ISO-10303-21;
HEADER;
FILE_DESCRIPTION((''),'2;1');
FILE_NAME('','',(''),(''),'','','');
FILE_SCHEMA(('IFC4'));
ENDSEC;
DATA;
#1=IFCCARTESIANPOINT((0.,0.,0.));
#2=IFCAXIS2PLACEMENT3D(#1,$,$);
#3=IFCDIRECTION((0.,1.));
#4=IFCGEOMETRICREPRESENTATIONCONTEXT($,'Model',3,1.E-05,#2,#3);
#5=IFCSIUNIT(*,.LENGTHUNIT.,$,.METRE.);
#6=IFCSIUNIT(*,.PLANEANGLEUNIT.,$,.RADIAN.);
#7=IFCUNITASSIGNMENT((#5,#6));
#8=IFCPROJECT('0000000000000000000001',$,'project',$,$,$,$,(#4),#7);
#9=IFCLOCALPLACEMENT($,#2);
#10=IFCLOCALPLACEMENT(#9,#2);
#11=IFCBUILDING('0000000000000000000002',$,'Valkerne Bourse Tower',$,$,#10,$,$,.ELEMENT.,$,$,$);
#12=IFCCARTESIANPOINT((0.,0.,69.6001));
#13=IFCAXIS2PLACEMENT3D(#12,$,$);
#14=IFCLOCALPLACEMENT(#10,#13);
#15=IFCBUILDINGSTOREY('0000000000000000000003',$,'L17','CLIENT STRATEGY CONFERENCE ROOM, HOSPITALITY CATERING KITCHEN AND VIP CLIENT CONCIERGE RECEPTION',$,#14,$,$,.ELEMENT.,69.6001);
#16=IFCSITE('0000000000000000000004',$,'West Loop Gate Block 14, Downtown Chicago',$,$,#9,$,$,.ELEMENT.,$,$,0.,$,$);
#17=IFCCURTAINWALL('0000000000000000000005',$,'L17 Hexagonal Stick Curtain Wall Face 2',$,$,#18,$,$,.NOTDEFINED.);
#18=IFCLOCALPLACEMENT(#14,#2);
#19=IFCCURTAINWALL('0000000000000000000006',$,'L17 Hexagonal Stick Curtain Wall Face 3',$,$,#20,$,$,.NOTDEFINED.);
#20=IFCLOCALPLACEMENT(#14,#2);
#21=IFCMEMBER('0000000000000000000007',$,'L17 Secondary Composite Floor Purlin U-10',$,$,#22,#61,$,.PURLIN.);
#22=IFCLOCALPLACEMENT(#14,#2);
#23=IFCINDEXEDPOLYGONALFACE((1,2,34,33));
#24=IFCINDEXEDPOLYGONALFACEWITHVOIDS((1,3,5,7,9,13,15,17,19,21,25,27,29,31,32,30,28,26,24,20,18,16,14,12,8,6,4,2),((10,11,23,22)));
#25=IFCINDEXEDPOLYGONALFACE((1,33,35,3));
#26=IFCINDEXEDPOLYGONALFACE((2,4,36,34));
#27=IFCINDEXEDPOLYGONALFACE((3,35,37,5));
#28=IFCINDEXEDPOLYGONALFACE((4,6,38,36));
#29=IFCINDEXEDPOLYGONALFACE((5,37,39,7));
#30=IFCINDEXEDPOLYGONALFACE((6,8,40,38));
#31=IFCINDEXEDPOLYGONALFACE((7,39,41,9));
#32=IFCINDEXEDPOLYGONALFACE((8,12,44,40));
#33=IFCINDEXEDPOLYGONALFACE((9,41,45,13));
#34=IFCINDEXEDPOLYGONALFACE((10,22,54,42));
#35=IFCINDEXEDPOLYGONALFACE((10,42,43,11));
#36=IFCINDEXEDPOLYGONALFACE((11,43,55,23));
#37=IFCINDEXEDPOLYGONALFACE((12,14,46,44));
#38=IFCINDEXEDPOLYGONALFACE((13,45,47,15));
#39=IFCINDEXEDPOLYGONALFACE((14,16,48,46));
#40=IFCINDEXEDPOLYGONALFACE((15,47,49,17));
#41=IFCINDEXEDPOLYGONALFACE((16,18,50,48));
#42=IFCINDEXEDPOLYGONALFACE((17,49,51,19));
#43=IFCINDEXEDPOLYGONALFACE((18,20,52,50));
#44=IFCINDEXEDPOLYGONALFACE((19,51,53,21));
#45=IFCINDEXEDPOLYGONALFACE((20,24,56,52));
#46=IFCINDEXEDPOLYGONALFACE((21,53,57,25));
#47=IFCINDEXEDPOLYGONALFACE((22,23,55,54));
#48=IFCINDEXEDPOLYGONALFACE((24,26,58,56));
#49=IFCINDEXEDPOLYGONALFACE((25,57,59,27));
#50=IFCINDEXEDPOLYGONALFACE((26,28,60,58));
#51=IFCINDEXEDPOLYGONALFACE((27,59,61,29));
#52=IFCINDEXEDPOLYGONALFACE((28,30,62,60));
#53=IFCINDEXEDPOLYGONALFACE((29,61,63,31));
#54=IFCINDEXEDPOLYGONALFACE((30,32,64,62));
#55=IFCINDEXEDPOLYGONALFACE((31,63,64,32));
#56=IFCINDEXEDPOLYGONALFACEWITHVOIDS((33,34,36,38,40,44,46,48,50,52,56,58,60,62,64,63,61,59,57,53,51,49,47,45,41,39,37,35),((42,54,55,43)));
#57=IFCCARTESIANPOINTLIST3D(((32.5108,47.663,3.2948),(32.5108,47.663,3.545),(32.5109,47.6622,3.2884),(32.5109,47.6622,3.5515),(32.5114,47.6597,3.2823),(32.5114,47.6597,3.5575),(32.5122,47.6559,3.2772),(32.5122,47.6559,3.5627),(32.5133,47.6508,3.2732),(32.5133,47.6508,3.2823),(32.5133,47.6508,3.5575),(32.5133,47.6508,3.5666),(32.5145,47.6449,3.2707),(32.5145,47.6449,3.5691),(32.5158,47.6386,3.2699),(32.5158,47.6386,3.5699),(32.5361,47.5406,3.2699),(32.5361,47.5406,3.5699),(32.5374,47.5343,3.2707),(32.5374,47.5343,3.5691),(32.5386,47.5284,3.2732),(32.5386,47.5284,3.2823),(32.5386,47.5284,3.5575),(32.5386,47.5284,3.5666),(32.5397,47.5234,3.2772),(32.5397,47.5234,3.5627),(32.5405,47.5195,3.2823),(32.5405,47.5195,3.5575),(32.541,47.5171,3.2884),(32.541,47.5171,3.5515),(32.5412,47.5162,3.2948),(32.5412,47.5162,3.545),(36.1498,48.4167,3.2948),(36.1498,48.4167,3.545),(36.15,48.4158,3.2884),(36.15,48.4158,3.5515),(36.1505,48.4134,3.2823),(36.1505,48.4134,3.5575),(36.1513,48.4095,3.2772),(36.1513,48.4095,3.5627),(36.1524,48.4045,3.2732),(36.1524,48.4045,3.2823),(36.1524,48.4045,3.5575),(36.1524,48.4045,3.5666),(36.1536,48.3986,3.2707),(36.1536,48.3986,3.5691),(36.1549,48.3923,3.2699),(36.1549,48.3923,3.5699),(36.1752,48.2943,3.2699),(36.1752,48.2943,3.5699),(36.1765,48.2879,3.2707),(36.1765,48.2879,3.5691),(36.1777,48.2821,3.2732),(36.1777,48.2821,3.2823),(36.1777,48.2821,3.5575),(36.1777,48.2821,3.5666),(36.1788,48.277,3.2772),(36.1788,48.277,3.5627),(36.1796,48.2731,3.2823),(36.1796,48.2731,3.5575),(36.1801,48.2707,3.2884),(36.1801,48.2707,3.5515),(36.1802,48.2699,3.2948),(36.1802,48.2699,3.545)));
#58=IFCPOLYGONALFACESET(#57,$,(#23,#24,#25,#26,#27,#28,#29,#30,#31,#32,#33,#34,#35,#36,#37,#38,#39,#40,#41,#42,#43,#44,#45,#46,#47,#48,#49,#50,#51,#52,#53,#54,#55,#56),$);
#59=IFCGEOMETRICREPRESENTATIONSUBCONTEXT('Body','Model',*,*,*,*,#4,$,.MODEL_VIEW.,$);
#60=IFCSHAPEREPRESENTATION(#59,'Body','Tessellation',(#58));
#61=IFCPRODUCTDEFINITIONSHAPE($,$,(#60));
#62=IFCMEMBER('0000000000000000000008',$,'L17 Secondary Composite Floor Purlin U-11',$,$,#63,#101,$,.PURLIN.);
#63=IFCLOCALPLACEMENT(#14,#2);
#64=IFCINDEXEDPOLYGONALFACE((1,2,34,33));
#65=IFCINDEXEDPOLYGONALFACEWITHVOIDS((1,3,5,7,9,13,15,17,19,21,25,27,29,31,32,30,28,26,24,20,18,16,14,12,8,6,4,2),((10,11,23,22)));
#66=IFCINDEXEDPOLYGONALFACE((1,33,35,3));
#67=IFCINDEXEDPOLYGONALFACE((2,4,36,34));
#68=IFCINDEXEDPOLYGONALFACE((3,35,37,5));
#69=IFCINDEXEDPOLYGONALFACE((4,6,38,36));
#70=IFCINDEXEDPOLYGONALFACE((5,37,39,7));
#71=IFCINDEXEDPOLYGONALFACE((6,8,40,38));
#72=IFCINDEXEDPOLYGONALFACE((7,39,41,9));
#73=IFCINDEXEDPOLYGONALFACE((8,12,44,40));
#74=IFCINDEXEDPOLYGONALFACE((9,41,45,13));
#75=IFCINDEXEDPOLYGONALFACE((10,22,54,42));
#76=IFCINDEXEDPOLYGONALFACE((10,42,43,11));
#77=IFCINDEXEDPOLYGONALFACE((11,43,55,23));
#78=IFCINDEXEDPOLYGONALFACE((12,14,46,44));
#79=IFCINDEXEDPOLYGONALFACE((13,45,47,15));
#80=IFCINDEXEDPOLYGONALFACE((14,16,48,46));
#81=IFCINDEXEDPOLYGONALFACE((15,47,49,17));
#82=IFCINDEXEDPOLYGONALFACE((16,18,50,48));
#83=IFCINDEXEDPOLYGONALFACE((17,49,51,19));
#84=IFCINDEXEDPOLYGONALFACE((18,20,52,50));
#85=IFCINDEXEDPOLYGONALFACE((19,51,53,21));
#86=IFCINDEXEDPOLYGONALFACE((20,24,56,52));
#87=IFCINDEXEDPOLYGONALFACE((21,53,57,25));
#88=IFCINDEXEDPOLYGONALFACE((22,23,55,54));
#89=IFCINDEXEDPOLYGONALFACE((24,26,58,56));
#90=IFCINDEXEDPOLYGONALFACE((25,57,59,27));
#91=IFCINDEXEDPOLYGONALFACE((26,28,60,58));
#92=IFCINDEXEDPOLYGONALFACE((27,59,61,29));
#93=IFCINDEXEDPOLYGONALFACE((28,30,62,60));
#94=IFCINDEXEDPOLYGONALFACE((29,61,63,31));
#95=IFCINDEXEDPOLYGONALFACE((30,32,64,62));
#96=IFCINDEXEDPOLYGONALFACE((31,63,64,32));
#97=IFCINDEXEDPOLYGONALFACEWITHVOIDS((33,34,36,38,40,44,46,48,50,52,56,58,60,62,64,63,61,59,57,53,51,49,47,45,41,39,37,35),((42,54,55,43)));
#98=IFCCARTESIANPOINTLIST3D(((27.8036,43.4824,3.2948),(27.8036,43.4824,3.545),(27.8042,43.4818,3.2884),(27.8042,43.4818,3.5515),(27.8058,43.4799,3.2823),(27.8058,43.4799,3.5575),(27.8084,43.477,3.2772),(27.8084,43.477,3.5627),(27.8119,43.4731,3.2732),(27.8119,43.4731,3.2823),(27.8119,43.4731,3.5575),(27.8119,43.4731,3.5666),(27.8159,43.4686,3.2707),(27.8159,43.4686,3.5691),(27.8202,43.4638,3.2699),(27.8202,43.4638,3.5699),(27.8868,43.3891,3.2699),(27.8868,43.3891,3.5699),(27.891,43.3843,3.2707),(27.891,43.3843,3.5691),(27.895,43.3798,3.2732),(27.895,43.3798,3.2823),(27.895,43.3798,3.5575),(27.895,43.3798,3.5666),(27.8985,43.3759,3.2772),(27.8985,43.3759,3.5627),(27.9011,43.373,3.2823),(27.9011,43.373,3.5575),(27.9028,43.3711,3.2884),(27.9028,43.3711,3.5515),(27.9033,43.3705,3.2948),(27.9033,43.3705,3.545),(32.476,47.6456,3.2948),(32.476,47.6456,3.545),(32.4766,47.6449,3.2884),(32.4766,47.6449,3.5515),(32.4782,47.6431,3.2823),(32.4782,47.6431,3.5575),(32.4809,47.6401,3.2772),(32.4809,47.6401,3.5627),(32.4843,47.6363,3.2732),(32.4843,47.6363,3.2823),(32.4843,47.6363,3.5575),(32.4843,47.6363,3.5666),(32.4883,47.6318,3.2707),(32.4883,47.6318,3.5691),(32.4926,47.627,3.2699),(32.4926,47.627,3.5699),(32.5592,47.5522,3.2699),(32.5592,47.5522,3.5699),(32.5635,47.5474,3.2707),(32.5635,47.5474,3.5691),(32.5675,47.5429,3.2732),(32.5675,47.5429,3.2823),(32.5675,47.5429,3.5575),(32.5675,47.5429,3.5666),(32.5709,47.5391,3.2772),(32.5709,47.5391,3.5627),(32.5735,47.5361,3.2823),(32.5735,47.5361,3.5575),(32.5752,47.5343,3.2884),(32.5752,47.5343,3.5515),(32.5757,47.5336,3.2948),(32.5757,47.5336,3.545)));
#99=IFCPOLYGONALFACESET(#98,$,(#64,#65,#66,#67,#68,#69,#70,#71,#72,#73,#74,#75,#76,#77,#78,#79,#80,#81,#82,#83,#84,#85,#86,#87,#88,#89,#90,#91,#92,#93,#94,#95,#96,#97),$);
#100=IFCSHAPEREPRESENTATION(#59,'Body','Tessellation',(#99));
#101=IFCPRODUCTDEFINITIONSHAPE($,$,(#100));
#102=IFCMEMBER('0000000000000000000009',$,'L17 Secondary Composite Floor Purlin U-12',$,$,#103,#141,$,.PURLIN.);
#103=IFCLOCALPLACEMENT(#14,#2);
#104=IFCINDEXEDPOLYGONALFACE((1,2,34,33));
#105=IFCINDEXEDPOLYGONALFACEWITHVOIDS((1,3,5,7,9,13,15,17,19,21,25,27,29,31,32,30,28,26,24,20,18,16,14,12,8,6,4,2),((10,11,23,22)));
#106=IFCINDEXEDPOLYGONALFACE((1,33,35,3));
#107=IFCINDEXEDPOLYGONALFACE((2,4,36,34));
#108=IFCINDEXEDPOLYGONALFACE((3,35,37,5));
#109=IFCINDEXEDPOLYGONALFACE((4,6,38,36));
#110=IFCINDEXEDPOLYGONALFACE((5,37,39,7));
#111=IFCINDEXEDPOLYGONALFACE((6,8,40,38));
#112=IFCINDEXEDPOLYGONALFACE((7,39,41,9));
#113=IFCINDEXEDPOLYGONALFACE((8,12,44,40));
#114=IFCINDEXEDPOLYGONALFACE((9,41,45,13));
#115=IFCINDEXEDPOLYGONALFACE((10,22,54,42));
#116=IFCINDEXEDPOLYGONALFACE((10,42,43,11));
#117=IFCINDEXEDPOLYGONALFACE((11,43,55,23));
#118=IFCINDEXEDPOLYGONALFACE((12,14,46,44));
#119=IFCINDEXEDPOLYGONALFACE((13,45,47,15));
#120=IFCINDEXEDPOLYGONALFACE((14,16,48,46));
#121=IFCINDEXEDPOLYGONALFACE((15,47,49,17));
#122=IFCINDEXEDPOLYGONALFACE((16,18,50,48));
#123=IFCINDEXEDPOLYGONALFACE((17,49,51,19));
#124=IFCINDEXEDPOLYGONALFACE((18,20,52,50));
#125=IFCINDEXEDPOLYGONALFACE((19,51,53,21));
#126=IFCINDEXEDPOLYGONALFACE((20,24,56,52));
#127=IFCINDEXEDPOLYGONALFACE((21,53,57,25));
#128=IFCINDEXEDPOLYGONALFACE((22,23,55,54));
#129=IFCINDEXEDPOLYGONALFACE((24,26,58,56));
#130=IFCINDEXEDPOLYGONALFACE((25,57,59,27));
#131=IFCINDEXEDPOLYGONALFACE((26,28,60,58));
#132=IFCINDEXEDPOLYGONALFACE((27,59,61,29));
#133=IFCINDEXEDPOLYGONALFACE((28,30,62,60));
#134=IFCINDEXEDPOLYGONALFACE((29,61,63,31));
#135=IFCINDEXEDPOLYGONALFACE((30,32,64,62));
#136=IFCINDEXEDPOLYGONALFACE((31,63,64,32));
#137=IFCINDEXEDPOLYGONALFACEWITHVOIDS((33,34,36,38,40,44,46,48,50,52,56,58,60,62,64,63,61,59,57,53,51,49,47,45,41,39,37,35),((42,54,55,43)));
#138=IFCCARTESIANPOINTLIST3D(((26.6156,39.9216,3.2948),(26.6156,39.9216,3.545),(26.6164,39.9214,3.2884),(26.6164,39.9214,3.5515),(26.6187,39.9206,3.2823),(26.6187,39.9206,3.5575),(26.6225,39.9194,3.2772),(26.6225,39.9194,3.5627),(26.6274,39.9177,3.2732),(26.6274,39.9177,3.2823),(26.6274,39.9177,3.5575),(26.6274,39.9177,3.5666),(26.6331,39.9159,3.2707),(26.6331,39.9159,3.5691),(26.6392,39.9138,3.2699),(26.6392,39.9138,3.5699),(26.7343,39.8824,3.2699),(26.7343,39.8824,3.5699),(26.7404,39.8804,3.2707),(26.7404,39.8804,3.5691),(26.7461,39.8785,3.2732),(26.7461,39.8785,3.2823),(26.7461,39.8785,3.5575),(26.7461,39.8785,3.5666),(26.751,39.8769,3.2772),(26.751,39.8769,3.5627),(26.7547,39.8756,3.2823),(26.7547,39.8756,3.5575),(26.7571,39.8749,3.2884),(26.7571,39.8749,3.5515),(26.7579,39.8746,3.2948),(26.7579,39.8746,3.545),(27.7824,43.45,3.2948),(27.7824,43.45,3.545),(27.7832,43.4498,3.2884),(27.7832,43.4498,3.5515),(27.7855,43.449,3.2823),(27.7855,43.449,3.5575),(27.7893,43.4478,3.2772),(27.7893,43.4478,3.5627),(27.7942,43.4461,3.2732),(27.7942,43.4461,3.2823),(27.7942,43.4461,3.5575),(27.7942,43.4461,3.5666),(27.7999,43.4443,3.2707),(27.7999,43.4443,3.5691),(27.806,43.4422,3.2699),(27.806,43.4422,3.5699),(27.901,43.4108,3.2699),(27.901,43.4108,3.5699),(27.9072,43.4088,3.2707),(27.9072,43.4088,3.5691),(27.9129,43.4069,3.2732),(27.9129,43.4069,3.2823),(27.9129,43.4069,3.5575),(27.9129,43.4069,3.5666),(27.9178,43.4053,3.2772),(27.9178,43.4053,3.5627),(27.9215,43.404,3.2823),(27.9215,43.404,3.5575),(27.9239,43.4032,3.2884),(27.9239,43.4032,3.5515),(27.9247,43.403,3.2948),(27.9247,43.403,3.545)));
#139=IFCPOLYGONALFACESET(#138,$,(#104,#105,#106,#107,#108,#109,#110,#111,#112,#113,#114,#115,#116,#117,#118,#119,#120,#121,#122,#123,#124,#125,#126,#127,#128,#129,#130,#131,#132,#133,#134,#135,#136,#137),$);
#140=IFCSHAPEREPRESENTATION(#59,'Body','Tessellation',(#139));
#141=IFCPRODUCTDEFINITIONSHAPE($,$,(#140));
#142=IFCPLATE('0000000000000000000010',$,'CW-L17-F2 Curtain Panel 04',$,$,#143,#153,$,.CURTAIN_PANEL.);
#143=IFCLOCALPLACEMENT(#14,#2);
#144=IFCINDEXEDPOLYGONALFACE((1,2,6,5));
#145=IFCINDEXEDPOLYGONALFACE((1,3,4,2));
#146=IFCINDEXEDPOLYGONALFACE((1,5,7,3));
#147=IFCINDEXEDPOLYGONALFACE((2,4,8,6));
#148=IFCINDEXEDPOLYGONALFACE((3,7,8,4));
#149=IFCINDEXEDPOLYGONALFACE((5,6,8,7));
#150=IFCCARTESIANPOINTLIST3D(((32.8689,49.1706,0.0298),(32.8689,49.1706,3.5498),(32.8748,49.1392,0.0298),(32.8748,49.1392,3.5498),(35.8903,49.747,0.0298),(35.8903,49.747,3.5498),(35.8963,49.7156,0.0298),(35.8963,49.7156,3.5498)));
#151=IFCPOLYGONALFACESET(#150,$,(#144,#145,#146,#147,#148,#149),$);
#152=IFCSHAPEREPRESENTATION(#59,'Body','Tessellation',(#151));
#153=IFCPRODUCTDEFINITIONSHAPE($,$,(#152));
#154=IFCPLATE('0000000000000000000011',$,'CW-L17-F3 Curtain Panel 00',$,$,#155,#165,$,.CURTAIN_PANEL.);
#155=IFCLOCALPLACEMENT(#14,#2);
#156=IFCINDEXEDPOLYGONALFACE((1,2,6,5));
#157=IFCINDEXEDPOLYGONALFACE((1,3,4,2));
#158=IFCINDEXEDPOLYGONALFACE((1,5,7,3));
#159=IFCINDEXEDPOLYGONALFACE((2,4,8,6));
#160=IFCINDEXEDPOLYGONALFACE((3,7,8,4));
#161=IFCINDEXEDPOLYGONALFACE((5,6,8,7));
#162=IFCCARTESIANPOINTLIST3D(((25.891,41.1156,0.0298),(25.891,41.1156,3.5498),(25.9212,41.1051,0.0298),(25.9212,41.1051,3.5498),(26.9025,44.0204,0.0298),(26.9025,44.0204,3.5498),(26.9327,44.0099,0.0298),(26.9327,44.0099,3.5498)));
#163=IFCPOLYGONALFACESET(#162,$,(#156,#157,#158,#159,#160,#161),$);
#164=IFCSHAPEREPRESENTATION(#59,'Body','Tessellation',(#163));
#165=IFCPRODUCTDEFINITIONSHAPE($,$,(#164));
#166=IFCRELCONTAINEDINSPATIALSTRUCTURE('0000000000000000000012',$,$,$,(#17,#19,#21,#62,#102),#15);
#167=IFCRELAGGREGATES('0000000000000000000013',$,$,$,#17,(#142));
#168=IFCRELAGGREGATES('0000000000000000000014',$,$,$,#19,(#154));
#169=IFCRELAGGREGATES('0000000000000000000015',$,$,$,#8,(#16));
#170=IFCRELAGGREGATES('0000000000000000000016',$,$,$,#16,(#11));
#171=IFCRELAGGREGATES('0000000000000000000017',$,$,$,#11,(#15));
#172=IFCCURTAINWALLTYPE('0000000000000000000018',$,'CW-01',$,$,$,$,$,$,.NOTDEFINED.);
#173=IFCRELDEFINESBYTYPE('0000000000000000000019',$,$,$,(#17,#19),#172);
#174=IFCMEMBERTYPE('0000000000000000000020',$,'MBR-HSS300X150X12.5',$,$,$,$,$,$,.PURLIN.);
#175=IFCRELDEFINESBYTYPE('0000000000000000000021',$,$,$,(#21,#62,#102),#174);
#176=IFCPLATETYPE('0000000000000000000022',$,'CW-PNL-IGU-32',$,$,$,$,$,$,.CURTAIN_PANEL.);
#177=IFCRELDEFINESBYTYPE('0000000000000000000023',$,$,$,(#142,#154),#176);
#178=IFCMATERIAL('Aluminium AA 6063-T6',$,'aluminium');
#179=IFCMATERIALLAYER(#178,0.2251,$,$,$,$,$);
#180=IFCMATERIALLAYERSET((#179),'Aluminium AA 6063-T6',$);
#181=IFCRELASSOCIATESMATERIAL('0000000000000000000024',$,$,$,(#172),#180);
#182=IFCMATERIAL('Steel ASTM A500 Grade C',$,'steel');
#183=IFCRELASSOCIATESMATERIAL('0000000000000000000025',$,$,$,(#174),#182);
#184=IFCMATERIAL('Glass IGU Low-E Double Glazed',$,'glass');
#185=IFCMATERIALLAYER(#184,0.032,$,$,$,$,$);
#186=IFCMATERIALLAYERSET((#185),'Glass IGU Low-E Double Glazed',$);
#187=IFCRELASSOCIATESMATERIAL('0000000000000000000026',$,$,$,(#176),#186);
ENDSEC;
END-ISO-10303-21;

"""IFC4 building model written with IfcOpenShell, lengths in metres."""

from ifc_helpers import new_model, si_unit, direction, frame, origin, origin_2d, place, context, subcontext, project, spatial, rectangle, hollow_rectangle, extrude, material, layer, layer_set, material_profile, profile_set, type_object, element, aggregate, save


model = new_model("IFC4")

# Units and contexts
model_context = context("Model", 3, precision=1e-05, world=origin(), true_north=direction((0.0, 1.0)))
body_context = subcontext(model_context, "Body", "Model", "MODEL_VIEW")
ifc_project = project(units=[si_unit("LENGTHUNIT", "METRE"), si_unit("PLANEANGLEUNIT", "RADIAN")], contexts=[model_context])

# Site, building, storey
site_placement = place(None, origin())
site = spatial("IfcSite", under=ifc_project, at=site_placement, Name="West Loop Gate Block 14, Downtown Chicago", CompositionType="ELEMENT", RefElevation=0.0)
building_placement = place(site_placement, origin())
building = spatial("IfcBuilding", under=site, at=building_placement, Name="Valkerne Bourse Tower", CompositionType="ELEMENT")
storey_placement = place(building_placement, frame((0.0, 0.0, 69.6001)))
storey = spatial("IfcBuildingStorey", under=building, at=storey_placement, Name="L17", Description="CLIENT STRATEGY CONFERENCE ROOM, HOSPITALITY CATERING KITCHEN AND VIP CLIENT CONCIERGE RECEPTION", CompositionType="ELEMENT", Elevation=69.6001)

# Curtain walls
ifc_material_1 = material(Name="Aluminium AA 6063-T6", Category="aluminium")
ifc_layer_1 = layer(ifc_material_1, 0.2251)
ifc_layer_set_1 = layer_set([ifc_layer_1], Name="Aluminium AA 6063-T6")
curtain_wall_type = type_object("IfcCurtainWallType", Name="CW-01", PredefinedType="NOTDEFINED", material=ifc_layer_set_1)
curtain_wall_1_placement = place(storey_placement, origin())
curtain_wall_1 = element("IfcCurtainWall", 1, at=curtain_wall_1_placement, inside=storey, type_object=curtain_wall_type, Name="L17 Hexagonal Stick Curtain Wall Face 2", PredefinedType="NOTDEFINED")
curtain_wall_2_placement = place(storey_placement, origin())
curtain_wall_2 = element("IfcCurtainWall", 2, at=curtain_wall_2_placement, inside=storey, type_object=curtain_wall_type, Name="L17 Hexagonal Stick Curtain Wall Face 3", PredefinedType="NOTDEFINED")

# Members
ifc_material_2 = material(Name="Steel ASTM A500 Grade C", Category="steel")
ifc_material_profile_1 = material_profile(ifc_material_2, hollow_rectangle(XDim=0.1499, YDim=0.3, WallThickness=0.0125, OuterFilletRadius=0.0249, at=origin_2d()), Name="HSS300X150X12.5")
ifc_profile_set_1 = profile_set([ifc_material_profile_1], Name="Steel ASTM A500 Grade C")
member_type_1 = type_object("IfcMemberType", Name="MBR-HSS300X150X12.5", PredefinedType="PURLIN", material=ifc_profile_set_1)
member_1_placement = place(storey_placement, frame((36.165, 48.3433, 3.4199), z_axis=(-0.979221, -0.202795, 0.0), x_axis=(0.202795, -0.979221, 0.0)))
element("IfcMember", 3, at=member_1_placement, inside=storey, type_object=member_type_1, Name="L17 Secondary Composite Floor Purlin U-10", PredefinedType="PURLIN", context=body_context, shape_type="SweptSolid", body=[
    extrude(hollow_rectangle(XDim=0.1499, YDim=0.3, WallThickness=0.0125, OuterFilletRadius=0.0249, at=origin_2d()), origin(), (0.0, 0.0, 1.0), 3.7163),
])
member_2_placement = place(storey_placement, frame((32.5259, 47.5896, 3.4199), z_axis=(-0.746625, -0.665245, 0.0), x_axis=(0.665245, -0.746625, 0.0)))
element("IfcMember", 4, at=member_2_placement, inside=storey, type_object=member_type_1, Name="L17 Secondary Composite Floor Purlin U-11", PredefinedType="PURLIN", context=body_context, shape_type="SweptSolid", body=[
    extrude(hollow_rectangle(XDim=0.1499, YDim=0.3, WallThickness=0.0125, OuterFilletRadius=0.0249, at=origin_2d()), origin(), (0.0, 0.0, 1.0), 6.2581),
])
member_3_placement = place(storey_placement, frame((27.8535, 43.4265, 3.4199), z_axis=(-0.31396, -0.949436, 0.0), x_axis=(0.949436, -0.31396, 0.0)))
element("IfcMember", 5, at=member_3_placement, inside=storey, type_object=member_type_1, Name="L17 Secondary Composite Floor Purlin U-12", PredefinedType="PURLIN", context=body_context, shape_type="SweptSolid", body=[
    extrude(hollow_rectangle(XDim=0.1499, YDim=0.3, WallThickness=0.0125, OuterFilletRadius=0.0249, at=origin_2d()), origin(), (0.0, 0.0, 1.0), 3.7163),
])

# Plates
ifc_material_3 = material(Name="Glass IGU Low-E Double Glazed", Category="glass")
ifc_layer_2 = layer(ifc_material_3, 0.032)
ifc_layer_set_2 = layer_set([ifc_layer_2], Name="Glass IGU Low-E Double Glazed")
plate_type = type_object("IfcPlateType", Name="CW-PNL-IGU-32", PredefinedType="CURTAIN_PANEL", material=ifc_layer_set_2)
plate_1_placement = place(storey_placement, frame((34.3826, 49.4431, 0.0298), z_axis=(0.0, 0.0, 1.0), x_axis=(-0.982286, -0.187388, 0.0)))
plate_1 = element("IfcPlate", 6, at=plate_1_placement, type_object=plate_type, Name="CW-L17-F2 Curtain Panel 04", PredefinedType="CURTAIN_PANEL", context=body_context, shape_type="SweptSolid", body=[
    extrude(rectangle(XDim=3.0759, YDim=0.032, at=origin_2d()), origin(), (0.0, 0.0, 1.0), 3.52),
])
aggregate(curtain_wall_1, [plate_1])
plate_2_placement = place(storey_placement, frame((26.4119, 42.5627, 0.0298), z_axis=(0.0, 0.0, 1.0), x_axis=(-0.328857, -0.94438, 0.0)))
plate_2 = element("IfcPlate", 7, at=plate_2_placement, type_object=plate_type, Name="CW-L17-F3 Curtain Panel 00", PredefinedType="CURTAIN_PANEL", context=body_context, shape_type="SweptSolid", body=[
    extrude(rectangle(XDim=3.0759, YDim=0.032, at=origin_2d()), origin(), (0.0, 0.0, 1.0), 3.52),
])
aggregate(curtain_wall_2, [plate_2])

save(model, "model.ifc")
